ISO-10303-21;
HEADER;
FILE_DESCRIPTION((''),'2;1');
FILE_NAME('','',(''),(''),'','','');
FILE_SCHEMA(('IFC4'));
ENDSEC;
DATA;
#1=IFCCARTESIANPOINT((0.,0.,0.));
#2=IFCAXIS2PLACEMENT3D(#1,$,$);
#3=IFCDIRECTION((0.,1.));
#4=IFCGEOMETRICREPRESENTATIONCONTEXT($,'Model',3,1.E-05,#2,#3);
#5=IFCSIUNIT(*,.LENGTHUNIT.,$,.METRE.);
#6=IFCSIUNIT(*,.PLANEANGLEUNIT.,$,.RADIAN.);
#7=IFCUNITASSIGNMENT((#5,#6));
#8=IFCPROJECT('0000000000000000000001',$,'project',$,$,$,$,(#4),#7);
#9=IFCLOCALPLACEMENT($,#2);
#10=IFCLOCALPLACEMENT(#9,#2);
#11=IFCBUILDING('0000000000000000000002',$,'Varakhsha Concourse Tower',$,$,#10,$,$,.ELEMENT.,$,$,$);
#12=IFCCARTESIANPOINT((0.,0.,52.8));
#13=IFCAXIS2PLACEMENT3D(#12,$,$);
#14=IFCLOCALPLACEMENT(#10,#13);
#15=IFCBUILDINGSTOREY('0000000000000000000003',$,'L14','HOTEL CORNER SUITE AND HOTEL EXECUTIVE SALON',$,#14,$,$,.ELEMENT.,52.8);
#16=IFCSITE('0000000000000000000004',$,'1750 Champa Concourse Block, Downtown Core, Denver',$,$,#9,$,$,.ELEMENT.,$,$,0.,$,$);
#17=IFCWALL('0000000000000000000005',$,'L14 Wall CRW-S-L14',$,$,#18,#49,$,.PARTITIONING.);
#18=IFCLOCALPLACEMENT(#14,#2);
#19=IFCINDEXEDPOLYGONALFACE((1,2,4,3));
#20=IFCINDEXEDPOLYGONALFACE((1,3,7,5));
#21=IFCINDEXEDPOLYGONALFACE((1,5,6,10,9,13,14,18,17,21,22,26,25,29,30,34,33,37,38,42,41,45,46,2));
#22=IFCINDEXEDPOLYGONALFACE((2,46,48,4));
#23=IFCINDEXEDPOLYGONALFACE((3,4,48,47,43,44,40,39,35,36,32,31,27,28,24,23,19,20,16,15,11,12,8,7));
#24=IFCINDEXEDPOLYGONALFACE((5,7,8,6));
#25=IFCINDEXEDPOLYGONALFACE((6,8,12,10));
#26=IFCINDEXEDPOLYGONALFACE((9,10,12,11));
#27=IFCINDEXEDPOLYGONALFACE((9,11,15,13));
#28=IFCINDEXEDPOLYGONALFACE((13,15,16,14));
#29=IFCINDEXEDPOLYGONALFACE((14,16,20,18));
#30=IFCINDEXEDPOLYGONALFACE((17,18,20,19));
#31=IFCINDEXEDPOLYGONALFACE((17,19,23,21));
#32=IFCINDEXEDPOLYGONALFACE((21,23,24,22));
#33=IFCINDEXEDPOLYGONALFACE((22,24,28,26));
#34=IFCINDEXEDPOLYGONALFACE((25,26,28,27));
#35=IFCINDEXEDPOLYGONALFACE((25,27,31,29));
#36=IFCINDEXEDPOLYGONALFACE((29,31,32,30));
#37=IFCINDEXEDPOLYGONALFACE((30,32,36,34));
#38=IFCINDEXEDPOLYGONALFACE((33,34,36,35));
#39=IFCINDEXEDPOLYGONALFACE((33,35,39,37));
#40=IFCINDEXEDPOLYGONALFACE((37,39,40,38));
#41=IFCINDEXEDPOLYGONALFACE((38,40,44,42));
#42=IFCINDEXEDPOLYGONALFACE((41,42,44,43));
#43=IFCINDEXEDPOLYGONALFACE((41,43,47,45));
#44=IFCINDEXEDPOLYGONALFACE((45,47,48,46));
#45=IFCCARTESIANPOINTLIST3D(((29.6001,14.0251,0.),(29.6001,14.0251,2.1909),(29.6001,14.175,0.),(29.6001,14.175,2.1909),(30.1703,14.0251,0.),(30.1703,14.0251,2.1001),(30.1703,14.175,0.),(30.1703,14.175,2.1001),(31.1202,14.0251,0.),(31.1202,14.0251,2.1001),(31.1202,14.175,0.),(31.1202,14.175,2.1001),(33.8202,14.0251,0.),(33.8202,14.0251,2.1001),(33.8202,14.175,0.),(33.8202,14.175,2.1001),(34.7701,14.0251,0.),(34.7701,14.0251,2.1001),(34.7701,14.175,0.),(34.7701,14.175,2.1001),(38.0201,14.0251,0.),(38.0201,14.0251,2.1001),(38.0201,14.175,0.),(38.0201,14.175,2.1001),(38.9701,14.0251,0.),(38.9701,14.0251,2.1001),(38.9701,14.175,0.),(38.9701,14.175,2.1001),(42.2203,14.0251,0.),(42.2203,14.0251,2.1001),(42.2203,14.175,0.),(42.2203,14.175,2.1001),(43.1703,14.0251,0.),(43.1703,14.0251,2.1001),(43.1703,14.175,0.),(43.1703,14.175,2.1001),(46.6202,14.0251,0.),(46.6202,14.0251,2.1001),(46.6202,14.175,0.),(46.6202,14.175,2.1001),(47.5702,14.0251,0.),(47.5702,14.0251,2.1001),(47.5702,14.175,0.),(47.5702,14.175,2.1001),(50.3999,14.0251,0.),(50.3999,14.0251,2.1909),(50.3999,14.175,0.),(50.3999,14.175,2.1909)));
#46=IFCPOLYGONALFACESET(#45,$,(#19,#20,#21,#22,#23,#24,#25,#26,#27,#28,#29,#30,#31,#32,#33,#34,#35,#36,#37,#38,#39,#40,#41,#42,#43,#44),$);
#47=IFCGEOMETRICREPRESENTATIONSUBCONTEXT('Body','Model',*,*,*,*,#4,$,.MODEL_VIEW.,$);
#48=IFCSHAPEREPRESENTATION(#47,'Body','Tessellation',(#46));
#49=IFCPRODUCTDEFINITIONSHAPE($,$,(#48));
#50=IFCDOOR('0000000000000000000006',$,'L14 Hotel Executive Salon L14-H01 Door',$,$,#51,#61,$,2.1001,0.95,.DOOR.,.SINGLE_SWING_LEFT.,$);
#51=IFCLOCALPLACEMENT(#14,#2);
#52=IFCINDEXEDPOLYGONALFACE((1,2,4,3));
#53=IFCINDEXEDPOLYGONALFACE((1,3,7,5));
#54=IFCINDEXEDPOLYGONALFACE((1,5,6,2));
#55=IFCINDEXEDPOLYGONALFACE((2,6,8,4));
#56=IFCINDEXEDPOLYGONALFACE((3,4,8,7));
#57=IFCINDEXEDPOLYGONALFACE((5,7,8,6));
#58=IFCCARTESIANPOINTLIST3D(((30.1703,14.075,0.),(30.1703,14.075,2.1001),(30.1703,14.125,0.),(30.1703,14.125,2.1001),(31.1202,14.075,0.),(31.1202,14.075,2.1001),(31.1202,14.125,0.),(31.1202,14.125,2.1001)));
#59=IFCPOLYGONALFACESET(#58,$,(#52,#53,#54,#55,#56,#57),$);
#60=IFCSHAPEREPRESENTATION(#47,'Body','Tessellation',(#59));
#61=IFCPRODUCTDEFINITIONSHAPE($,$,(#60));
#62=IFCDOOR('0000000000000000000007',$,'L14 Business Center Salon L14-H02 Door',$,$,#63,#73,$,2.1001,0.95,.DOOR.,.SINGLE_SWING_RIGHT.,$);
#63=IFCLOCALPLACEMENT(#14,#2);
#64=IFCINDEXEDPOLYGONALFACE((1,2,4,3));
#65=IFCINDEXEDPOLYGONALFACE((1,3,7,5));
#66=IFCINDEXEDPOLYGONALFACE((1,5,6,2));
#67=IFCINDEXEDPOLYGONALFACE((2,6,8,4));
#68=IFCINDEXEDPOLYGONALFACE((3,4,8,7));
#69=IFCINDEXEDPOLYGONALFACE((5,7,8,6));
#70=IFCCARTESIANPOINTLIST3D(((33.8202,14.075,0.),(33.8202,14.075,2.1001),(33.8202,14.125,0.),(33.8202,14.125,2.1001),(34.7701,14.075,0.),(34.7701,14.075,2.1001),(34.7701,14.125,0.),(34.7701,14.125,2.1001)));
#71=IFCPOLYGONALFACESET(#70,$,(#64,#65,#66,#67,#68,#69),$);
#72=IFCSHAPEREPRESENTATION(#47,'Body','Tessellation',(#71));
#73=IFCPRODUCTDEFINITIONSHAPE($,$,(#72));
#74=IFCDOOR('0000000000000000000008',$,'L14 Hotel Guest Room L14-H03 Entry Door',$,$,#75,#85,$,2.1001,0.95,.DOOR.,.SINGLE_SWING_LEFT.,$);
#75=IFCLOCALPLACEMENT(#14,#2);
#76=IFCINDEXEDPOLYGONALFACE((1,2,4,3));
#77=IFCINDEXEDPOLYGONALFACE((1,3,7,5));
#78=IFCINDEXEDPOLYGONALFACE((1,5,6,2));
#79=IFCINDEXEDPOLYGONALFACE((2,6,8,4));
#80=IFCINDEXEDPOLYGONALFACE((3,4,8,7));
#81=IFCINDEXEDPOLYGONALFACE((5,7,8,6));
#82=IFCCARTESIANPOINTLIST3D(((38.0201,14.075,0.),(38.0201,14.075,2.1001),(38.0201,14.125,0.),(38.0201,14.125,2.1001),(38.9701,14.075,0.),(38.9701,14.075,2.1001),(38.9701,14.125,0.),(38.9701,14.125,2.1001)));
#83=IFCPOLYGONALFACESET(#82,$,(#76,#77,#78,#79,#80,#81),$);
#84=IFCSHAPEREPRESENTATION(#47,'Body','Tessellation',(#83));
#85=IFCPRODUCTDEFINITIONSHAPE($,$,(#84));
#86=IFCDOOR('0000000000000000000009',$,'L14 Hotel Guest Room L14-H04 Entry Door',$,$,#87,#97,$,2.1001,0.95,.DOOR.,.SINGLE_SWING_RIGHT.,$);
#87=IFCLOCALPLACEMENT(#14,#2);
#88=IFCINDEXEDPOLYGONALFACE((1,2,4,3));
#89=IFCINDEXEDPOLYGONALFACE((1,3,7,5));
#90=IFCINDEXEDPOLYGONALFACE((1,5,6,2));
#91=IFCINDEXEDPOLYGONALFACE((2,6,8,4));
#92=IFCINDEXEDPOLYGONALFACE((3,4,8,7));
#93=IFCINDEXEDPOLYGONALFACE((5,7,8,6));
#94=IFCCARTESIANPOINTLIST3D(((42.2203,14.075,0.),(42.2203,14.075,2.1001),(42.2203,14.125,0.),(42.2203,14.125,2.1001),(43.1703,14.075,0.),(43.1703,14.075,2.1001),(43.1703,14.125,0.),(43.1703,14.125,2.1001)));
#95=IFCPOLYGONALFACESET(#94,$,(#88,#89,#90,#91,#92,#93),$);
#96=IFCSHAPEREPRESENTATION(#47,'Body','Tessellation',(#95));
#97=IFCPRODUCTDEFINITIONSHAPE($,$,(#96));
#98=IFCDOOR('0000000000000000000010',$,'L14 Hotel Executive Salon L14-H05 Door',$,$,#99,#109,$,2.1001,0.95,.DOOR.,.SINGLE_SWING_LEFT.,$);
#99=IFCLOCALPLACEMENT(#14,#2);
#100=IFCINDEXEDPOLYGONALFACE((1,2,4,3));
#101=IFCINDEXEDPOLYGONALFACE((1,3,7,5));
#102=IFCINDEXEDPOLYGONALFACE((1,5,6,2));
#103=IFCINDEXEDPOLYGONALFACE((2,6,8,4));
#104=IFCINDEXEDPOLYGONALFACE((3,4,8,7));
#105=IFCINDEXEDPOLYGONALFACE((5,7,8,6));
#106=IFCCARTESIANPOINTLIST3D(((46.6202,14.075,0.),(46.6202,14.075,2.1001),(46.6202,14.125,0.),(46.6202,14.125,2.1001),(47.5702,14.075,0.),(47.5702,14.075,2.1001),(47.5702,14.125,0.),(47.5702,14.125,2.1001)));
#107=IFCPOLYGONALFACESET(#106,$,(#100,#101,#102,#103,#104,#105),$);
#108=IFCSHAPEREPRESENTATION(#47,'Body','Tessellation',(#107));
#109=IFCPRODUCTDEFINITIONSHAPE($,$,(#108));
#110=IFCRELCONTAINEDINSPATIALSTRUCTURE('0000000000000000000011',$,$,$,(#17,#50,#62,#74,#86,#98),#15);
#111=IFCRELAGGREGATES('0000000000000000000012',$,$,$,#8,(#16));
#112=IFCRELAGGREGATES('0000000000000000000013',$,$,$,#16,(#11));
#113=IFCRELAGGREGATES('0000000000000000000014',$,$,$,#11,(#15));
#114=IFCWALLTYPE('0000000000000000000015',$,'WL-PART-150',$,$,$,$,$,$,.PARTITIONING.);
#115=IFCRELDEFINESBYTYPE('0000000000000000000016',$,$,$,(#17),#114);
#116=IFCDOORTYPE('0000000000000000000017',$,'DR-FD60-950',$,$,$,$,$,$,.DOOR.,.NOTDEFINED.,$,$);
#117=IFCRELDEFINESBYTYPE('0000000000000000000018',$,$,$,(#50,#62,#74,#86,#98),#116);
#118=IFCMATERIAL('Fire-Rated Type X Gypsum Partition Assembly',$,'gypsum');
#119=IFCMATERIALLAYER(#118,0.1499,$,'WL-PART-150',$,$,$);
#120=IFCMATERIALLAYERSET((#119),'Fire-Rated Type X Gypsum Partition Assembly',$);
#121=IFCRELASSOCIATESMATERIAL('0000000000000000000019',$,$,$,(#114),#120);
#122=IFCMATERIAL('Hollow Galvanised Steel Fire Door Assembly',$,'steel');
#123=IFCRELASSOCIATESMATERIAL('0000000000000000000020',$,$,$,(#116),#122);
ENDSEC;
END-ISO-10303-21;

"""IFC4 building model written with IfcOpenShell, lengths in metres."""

from ifc_helpers import new_model, si_unit, direction, frame, frame_2d, origin, place, context, subcontext, project, spatial, rectangle, extrude, material, layer, layer_set, type_object, element, fill, save


model = new_model("IFC4")

# Units and contexts
model_context = context("Model", 3, precision=1e-05, world=origin(), true_north=direction((0.0, 1.0)))
body_context = subcontext(model_context, "Body", "Model", "MODEL_VIEW")
ifc_project = project(units=[si_unit("LENGTHUNIT", "METRE"), si_unit("PLANEANGLEUNIT", "RADIAN")], contexts=[model_context])

# Site, building, storey
site_placement = place(None, origin())
site = spatial("IfcSite", under=ifc_project, at=site_placement, Name="1750 Champa Concourse Block, Downtown Core, Denver", CompositionType="ELEMENT", RefElevation=0.0)
building_placement = place(site_placement, origin())
building = spatial("IfcBuilding", under=site, at=building_placement, Name="Varakhsha Concourse Tower", CompositionType="ELEMENT")
storey_placement = place(building_placement, frame((0.0, 0.0, 52.8)))
storey = spatial("IfcBuildingStorey", under=building, at=storey_placement, Name="L14", Description="HOTEL CORNER SUITE AND HOTEL EXECUTIVE SALON", CompositionType="ELEMENT", Elevation=52.8)

# Wall, openings, doors
ifc_material_1 = material(Name="Fire-Rated Type X Gypsum Partition Assembly", Category="gypsum")
ifc_layer_1 = layer(ifc_material_1, 0.1499, Name="WL-PART-150")
ifc_layer_set_1 = layer_set([ifc_layer_1], Name="Fire-Rated Type X Gypsum Partition Assembly")
wall_type = type_object("IfcWallType", Name="WL-PART-150", PredefinedType="PARTITIONING", material=ifc_layer_set_1)
wall_1_placement = place(storey_placement, frame((29.6001, 14.1001, 0.0), z_axis=(0.0, 0.0, 1.0), x_axis=(1.0, 0.0, 0.0)))
wall_1 = element("IfcWall", 1, at=wall_1_placement, inside=storey, type_object=wall_type, Name="L14 Wall CRW-S-L14", PredefinedType="PARTITIONING", context=body_context, shape_type="SweptSolid", body=[
    extrude(rectangle(XDim=20.7998, YDim=0.1499, at=frame_2d((10.3999, 0.0))), origin(), (0.0, 0.0, 1.0), 2.1909),
])
opening_1_placement = place(wall_1_placement, frame((0.5701, 0.0, 0.0)))
opening_1 = element("IfcOpeningElement", 2, at=opening_1_placement, cuts=wall_1, PredefinedType="OPENING", context=body_context, shape_type="SweptSolid", body=[
    extrude(rectangle(XDim=0.95, YDim=2.1001, at=frame_2d((0.4751, 1.05))), frame((0.0, 0.085, 0.0), z_axis=(0.0, -1.0, 0.0), x_axis=(1.0, 0.0, 0.0)), (0.0, 0.0, 1.0), 0.1699),
])
opening_2_placement = place(wall_1_placement, frame((4.22, 0.0, 0.0)))
opening_2 = element("IfcOpeningElement", 3, at=opening_2_placement, cuts=wall_1, PredefinedType="OPENING", context=body_context, shape_type="SweptSolid", body=[
    extrude(rectangle(XDim=0.95, YDim=2.1001, at=frame_2d((0.4751, 1.05))), frame((0.0, 0.085, 0.0), z_axis=(0.0, -1.0, 0.0), x_axis=(1.0, 0.0, 0.0)), (0.0, 0.0, 1.0), 0.1699),
])
opening_3_placement = place(wall_1_placement, frame((8.4199, 0.0, 0.0)))
opening_3 = element("IfcOpeningElement", 4, at=opening_3_placement, cuts=wall_1, PredefinedType="OPENING", context=body_context, shape_type="SweptSolid", body=[
    extrude(rectangle(XDim=0.95, YDim=2.1001, at=frame_2d((0.4751, 1.05))), frame((0.0, 0.085, 0.0), z_axis=(0.0, -1.0, 0.0), x_axis=(1.0, 0.0, 0.0)), (0.0, 0.0, 1.0), 0.1699),
])
opening_4_placement = place(wall_1_placement, frame((12.6201, 0.0, 0.0)))
opening_4 = element("IfcOpeningElement", 5, at=opening_4_placement, cuts=wall_1, PredefinedType="OPENING", context=body_context, shape_type="SweptSolid", body=[
    extrude(rectangle(XDim=0.95, YDim=2.1001, at=frame_2d((0.4751, 1.05))), frame((0.0, 0.085, 0.0), z_axis=(0.0, -1.0, 0.0), x_axis=(1.0, 0.0, 0.0)), (0.0, 0.0, 1.0), 0.1699),
])
opening_5_placement = place(wall_1_placement, frame((17.02, 0.0, 0.0)))
opening_5 = element("IfcOpeningElement", 6, at=opening_5_placement, cuts=wall_1, PredefinedType="OPENING", context=body_context, shape_type="SweptSolid", body=[
    extrude(rectangle(XDim=0.95, YDim=2.1001, at=frame_2d((0.4751, 1.05))), frame((0.0, 0.085, 0.0), z_axis=(0.0, -1.0, 0.0), x_axis=(1.0, 0.0, 0.0)), (0.0, 0.0, 1.0), 0.1699),
])
ifc_material_2 = material(Name="Hollow Galvanised Steel Fire Door Assembly", Category="steel")
door_type = type_object("IfcDoorType", Name="DR-FD60-950", OperationType="NOTDEFINED", PredefinedType="DOOR", material=ifc_material_2)
door_1_placement = place(opening_1_placement, origin())
door_1 = element("IfcDoor", 7, at=door_1_placement, inside=storey, type_object=door_type, Name="L14 Hotel Executive Salon L14-H01 Door", OperationType="SINGLE_SWING_LEFT", OverallHeight=2.1001, OverallWidth=0.95, PredefinedType="DOOR", context=body_context, shape_type="SweptSolid", body=[
    extrude(rectangle(XDim=0.95, YDim=2.1001, at=frame_2d((0.4751, 1.05))), frame((0.0, 0.0249, 0.0), z_axis=(0.0, -1.0, 0.0), x_axis=(1.0, 0.0, 0.0)), (0.0, 0.0, 1.0), 0.05),
])
fill(opening_1, door_1)
door_2_placement = place(opening_2_placement, origin())
door_2 = element("IfcDoor", 8, at=door_2_placement, inside=storey, type_object=door_type, Name="L14 Business Center Salon L14-H02 Door", OperationType="SINGLE_SWING_RIGHT", OverallHeight=2.1001, OverallWidth=0.95, PredefinedType="DOOR", context=body_context, shape_type="SweptSolid", body=[
    extrude(rectangle(XDim=0.95, YDim=2.1001, at=frame_2d((0.4751, 1.05))), frame((0.0, 0.0249, 0.0), z_axis=(0.0, -1.0, 0.0), x_axis=(1.0, 0.0, 0.0)), (0.0, 0.0, 1.0), 0.05),
])
fill(opening_2, door_2)
door_3_placement = place(opening_3_placement, origin())
door_3 = element("IfcDoor", 9, at=door_3_placement, inside=storey, type_object=door_type, Name="L14 Hotel Guest Room L14-H03 Entry Door", OperationType="SINGLE_SWING_LEFT", OverallHeight=2.1001, OverallWidth=0.95, PredefinedType="DOOR", context=body_context, shape_type="SweptSolid", body=[
    extrude(rectangle(XDim=0.95, YDim=2.1001, at=frame_2d((0.4751, 1.05))), frame((0.0, 0.0249, 0.0), z_axis=(0.0, -1.0, 0.0), x_axis=(1.0, 0.0, 0.0)), (0.0, 0.0, 1.0), 0.05),
])
fill(opening_3, door_3)
door_4_placement = place(opening_4_placement, origin())
door_4 = element("IfcDoor", 10, at=door_4_placement, inside=storey, type_object=door_type, Name="L14 Hotel Guest Room L14-H04 Entry Door", OperationType="SINGLE_SWING_RIGHT", OverallHeight=2.1001, OverallWidth=0.95, PredefinedType="DOOR", context=body_context, shape_type="SweptSolid", body=[
    extrude(rectangle(XDim=0.95, YDim=2.1001, at=frame_2d((0.4751, 1.05))), frame((0.0, 0.0249, 0.0), z_axis=(0.0, -1.0, 0.0), x_axis=(1.0, 0.0, 0.0)), (0.0, 0.0, 1.0), 0.05),
])
fill(opening_4, door_4)
door_5_placement = place(opening_5_placement, origin())
door_5 = element("IfcDoor", 11, at=door_5_placement, inside=storey, type_object=door_type, Name="L14 Hotel Executive Salon L14-H05 Door", OperationType="SINGLE_SWING_LEFT", OverallHeight=2.1001, OverallWidth=0.95, PredefinedType="DOOR", context=body_context, shape_type="SweptSolid", body=[
    extrude(rectangle(XDim=0.95, YDim=2.1001, at=frame_2d((0.4751, 1.05))), frame((0.0, 0.0249, 0.0), z_axis=(0.0, -1.0, 0.0), x_axis=(1.0, 0.0, 0.0)), (0.0, 0.0, 1.0), 0.05),
])
fill(opening_5, door_5)

save(model, "model.ifc")
